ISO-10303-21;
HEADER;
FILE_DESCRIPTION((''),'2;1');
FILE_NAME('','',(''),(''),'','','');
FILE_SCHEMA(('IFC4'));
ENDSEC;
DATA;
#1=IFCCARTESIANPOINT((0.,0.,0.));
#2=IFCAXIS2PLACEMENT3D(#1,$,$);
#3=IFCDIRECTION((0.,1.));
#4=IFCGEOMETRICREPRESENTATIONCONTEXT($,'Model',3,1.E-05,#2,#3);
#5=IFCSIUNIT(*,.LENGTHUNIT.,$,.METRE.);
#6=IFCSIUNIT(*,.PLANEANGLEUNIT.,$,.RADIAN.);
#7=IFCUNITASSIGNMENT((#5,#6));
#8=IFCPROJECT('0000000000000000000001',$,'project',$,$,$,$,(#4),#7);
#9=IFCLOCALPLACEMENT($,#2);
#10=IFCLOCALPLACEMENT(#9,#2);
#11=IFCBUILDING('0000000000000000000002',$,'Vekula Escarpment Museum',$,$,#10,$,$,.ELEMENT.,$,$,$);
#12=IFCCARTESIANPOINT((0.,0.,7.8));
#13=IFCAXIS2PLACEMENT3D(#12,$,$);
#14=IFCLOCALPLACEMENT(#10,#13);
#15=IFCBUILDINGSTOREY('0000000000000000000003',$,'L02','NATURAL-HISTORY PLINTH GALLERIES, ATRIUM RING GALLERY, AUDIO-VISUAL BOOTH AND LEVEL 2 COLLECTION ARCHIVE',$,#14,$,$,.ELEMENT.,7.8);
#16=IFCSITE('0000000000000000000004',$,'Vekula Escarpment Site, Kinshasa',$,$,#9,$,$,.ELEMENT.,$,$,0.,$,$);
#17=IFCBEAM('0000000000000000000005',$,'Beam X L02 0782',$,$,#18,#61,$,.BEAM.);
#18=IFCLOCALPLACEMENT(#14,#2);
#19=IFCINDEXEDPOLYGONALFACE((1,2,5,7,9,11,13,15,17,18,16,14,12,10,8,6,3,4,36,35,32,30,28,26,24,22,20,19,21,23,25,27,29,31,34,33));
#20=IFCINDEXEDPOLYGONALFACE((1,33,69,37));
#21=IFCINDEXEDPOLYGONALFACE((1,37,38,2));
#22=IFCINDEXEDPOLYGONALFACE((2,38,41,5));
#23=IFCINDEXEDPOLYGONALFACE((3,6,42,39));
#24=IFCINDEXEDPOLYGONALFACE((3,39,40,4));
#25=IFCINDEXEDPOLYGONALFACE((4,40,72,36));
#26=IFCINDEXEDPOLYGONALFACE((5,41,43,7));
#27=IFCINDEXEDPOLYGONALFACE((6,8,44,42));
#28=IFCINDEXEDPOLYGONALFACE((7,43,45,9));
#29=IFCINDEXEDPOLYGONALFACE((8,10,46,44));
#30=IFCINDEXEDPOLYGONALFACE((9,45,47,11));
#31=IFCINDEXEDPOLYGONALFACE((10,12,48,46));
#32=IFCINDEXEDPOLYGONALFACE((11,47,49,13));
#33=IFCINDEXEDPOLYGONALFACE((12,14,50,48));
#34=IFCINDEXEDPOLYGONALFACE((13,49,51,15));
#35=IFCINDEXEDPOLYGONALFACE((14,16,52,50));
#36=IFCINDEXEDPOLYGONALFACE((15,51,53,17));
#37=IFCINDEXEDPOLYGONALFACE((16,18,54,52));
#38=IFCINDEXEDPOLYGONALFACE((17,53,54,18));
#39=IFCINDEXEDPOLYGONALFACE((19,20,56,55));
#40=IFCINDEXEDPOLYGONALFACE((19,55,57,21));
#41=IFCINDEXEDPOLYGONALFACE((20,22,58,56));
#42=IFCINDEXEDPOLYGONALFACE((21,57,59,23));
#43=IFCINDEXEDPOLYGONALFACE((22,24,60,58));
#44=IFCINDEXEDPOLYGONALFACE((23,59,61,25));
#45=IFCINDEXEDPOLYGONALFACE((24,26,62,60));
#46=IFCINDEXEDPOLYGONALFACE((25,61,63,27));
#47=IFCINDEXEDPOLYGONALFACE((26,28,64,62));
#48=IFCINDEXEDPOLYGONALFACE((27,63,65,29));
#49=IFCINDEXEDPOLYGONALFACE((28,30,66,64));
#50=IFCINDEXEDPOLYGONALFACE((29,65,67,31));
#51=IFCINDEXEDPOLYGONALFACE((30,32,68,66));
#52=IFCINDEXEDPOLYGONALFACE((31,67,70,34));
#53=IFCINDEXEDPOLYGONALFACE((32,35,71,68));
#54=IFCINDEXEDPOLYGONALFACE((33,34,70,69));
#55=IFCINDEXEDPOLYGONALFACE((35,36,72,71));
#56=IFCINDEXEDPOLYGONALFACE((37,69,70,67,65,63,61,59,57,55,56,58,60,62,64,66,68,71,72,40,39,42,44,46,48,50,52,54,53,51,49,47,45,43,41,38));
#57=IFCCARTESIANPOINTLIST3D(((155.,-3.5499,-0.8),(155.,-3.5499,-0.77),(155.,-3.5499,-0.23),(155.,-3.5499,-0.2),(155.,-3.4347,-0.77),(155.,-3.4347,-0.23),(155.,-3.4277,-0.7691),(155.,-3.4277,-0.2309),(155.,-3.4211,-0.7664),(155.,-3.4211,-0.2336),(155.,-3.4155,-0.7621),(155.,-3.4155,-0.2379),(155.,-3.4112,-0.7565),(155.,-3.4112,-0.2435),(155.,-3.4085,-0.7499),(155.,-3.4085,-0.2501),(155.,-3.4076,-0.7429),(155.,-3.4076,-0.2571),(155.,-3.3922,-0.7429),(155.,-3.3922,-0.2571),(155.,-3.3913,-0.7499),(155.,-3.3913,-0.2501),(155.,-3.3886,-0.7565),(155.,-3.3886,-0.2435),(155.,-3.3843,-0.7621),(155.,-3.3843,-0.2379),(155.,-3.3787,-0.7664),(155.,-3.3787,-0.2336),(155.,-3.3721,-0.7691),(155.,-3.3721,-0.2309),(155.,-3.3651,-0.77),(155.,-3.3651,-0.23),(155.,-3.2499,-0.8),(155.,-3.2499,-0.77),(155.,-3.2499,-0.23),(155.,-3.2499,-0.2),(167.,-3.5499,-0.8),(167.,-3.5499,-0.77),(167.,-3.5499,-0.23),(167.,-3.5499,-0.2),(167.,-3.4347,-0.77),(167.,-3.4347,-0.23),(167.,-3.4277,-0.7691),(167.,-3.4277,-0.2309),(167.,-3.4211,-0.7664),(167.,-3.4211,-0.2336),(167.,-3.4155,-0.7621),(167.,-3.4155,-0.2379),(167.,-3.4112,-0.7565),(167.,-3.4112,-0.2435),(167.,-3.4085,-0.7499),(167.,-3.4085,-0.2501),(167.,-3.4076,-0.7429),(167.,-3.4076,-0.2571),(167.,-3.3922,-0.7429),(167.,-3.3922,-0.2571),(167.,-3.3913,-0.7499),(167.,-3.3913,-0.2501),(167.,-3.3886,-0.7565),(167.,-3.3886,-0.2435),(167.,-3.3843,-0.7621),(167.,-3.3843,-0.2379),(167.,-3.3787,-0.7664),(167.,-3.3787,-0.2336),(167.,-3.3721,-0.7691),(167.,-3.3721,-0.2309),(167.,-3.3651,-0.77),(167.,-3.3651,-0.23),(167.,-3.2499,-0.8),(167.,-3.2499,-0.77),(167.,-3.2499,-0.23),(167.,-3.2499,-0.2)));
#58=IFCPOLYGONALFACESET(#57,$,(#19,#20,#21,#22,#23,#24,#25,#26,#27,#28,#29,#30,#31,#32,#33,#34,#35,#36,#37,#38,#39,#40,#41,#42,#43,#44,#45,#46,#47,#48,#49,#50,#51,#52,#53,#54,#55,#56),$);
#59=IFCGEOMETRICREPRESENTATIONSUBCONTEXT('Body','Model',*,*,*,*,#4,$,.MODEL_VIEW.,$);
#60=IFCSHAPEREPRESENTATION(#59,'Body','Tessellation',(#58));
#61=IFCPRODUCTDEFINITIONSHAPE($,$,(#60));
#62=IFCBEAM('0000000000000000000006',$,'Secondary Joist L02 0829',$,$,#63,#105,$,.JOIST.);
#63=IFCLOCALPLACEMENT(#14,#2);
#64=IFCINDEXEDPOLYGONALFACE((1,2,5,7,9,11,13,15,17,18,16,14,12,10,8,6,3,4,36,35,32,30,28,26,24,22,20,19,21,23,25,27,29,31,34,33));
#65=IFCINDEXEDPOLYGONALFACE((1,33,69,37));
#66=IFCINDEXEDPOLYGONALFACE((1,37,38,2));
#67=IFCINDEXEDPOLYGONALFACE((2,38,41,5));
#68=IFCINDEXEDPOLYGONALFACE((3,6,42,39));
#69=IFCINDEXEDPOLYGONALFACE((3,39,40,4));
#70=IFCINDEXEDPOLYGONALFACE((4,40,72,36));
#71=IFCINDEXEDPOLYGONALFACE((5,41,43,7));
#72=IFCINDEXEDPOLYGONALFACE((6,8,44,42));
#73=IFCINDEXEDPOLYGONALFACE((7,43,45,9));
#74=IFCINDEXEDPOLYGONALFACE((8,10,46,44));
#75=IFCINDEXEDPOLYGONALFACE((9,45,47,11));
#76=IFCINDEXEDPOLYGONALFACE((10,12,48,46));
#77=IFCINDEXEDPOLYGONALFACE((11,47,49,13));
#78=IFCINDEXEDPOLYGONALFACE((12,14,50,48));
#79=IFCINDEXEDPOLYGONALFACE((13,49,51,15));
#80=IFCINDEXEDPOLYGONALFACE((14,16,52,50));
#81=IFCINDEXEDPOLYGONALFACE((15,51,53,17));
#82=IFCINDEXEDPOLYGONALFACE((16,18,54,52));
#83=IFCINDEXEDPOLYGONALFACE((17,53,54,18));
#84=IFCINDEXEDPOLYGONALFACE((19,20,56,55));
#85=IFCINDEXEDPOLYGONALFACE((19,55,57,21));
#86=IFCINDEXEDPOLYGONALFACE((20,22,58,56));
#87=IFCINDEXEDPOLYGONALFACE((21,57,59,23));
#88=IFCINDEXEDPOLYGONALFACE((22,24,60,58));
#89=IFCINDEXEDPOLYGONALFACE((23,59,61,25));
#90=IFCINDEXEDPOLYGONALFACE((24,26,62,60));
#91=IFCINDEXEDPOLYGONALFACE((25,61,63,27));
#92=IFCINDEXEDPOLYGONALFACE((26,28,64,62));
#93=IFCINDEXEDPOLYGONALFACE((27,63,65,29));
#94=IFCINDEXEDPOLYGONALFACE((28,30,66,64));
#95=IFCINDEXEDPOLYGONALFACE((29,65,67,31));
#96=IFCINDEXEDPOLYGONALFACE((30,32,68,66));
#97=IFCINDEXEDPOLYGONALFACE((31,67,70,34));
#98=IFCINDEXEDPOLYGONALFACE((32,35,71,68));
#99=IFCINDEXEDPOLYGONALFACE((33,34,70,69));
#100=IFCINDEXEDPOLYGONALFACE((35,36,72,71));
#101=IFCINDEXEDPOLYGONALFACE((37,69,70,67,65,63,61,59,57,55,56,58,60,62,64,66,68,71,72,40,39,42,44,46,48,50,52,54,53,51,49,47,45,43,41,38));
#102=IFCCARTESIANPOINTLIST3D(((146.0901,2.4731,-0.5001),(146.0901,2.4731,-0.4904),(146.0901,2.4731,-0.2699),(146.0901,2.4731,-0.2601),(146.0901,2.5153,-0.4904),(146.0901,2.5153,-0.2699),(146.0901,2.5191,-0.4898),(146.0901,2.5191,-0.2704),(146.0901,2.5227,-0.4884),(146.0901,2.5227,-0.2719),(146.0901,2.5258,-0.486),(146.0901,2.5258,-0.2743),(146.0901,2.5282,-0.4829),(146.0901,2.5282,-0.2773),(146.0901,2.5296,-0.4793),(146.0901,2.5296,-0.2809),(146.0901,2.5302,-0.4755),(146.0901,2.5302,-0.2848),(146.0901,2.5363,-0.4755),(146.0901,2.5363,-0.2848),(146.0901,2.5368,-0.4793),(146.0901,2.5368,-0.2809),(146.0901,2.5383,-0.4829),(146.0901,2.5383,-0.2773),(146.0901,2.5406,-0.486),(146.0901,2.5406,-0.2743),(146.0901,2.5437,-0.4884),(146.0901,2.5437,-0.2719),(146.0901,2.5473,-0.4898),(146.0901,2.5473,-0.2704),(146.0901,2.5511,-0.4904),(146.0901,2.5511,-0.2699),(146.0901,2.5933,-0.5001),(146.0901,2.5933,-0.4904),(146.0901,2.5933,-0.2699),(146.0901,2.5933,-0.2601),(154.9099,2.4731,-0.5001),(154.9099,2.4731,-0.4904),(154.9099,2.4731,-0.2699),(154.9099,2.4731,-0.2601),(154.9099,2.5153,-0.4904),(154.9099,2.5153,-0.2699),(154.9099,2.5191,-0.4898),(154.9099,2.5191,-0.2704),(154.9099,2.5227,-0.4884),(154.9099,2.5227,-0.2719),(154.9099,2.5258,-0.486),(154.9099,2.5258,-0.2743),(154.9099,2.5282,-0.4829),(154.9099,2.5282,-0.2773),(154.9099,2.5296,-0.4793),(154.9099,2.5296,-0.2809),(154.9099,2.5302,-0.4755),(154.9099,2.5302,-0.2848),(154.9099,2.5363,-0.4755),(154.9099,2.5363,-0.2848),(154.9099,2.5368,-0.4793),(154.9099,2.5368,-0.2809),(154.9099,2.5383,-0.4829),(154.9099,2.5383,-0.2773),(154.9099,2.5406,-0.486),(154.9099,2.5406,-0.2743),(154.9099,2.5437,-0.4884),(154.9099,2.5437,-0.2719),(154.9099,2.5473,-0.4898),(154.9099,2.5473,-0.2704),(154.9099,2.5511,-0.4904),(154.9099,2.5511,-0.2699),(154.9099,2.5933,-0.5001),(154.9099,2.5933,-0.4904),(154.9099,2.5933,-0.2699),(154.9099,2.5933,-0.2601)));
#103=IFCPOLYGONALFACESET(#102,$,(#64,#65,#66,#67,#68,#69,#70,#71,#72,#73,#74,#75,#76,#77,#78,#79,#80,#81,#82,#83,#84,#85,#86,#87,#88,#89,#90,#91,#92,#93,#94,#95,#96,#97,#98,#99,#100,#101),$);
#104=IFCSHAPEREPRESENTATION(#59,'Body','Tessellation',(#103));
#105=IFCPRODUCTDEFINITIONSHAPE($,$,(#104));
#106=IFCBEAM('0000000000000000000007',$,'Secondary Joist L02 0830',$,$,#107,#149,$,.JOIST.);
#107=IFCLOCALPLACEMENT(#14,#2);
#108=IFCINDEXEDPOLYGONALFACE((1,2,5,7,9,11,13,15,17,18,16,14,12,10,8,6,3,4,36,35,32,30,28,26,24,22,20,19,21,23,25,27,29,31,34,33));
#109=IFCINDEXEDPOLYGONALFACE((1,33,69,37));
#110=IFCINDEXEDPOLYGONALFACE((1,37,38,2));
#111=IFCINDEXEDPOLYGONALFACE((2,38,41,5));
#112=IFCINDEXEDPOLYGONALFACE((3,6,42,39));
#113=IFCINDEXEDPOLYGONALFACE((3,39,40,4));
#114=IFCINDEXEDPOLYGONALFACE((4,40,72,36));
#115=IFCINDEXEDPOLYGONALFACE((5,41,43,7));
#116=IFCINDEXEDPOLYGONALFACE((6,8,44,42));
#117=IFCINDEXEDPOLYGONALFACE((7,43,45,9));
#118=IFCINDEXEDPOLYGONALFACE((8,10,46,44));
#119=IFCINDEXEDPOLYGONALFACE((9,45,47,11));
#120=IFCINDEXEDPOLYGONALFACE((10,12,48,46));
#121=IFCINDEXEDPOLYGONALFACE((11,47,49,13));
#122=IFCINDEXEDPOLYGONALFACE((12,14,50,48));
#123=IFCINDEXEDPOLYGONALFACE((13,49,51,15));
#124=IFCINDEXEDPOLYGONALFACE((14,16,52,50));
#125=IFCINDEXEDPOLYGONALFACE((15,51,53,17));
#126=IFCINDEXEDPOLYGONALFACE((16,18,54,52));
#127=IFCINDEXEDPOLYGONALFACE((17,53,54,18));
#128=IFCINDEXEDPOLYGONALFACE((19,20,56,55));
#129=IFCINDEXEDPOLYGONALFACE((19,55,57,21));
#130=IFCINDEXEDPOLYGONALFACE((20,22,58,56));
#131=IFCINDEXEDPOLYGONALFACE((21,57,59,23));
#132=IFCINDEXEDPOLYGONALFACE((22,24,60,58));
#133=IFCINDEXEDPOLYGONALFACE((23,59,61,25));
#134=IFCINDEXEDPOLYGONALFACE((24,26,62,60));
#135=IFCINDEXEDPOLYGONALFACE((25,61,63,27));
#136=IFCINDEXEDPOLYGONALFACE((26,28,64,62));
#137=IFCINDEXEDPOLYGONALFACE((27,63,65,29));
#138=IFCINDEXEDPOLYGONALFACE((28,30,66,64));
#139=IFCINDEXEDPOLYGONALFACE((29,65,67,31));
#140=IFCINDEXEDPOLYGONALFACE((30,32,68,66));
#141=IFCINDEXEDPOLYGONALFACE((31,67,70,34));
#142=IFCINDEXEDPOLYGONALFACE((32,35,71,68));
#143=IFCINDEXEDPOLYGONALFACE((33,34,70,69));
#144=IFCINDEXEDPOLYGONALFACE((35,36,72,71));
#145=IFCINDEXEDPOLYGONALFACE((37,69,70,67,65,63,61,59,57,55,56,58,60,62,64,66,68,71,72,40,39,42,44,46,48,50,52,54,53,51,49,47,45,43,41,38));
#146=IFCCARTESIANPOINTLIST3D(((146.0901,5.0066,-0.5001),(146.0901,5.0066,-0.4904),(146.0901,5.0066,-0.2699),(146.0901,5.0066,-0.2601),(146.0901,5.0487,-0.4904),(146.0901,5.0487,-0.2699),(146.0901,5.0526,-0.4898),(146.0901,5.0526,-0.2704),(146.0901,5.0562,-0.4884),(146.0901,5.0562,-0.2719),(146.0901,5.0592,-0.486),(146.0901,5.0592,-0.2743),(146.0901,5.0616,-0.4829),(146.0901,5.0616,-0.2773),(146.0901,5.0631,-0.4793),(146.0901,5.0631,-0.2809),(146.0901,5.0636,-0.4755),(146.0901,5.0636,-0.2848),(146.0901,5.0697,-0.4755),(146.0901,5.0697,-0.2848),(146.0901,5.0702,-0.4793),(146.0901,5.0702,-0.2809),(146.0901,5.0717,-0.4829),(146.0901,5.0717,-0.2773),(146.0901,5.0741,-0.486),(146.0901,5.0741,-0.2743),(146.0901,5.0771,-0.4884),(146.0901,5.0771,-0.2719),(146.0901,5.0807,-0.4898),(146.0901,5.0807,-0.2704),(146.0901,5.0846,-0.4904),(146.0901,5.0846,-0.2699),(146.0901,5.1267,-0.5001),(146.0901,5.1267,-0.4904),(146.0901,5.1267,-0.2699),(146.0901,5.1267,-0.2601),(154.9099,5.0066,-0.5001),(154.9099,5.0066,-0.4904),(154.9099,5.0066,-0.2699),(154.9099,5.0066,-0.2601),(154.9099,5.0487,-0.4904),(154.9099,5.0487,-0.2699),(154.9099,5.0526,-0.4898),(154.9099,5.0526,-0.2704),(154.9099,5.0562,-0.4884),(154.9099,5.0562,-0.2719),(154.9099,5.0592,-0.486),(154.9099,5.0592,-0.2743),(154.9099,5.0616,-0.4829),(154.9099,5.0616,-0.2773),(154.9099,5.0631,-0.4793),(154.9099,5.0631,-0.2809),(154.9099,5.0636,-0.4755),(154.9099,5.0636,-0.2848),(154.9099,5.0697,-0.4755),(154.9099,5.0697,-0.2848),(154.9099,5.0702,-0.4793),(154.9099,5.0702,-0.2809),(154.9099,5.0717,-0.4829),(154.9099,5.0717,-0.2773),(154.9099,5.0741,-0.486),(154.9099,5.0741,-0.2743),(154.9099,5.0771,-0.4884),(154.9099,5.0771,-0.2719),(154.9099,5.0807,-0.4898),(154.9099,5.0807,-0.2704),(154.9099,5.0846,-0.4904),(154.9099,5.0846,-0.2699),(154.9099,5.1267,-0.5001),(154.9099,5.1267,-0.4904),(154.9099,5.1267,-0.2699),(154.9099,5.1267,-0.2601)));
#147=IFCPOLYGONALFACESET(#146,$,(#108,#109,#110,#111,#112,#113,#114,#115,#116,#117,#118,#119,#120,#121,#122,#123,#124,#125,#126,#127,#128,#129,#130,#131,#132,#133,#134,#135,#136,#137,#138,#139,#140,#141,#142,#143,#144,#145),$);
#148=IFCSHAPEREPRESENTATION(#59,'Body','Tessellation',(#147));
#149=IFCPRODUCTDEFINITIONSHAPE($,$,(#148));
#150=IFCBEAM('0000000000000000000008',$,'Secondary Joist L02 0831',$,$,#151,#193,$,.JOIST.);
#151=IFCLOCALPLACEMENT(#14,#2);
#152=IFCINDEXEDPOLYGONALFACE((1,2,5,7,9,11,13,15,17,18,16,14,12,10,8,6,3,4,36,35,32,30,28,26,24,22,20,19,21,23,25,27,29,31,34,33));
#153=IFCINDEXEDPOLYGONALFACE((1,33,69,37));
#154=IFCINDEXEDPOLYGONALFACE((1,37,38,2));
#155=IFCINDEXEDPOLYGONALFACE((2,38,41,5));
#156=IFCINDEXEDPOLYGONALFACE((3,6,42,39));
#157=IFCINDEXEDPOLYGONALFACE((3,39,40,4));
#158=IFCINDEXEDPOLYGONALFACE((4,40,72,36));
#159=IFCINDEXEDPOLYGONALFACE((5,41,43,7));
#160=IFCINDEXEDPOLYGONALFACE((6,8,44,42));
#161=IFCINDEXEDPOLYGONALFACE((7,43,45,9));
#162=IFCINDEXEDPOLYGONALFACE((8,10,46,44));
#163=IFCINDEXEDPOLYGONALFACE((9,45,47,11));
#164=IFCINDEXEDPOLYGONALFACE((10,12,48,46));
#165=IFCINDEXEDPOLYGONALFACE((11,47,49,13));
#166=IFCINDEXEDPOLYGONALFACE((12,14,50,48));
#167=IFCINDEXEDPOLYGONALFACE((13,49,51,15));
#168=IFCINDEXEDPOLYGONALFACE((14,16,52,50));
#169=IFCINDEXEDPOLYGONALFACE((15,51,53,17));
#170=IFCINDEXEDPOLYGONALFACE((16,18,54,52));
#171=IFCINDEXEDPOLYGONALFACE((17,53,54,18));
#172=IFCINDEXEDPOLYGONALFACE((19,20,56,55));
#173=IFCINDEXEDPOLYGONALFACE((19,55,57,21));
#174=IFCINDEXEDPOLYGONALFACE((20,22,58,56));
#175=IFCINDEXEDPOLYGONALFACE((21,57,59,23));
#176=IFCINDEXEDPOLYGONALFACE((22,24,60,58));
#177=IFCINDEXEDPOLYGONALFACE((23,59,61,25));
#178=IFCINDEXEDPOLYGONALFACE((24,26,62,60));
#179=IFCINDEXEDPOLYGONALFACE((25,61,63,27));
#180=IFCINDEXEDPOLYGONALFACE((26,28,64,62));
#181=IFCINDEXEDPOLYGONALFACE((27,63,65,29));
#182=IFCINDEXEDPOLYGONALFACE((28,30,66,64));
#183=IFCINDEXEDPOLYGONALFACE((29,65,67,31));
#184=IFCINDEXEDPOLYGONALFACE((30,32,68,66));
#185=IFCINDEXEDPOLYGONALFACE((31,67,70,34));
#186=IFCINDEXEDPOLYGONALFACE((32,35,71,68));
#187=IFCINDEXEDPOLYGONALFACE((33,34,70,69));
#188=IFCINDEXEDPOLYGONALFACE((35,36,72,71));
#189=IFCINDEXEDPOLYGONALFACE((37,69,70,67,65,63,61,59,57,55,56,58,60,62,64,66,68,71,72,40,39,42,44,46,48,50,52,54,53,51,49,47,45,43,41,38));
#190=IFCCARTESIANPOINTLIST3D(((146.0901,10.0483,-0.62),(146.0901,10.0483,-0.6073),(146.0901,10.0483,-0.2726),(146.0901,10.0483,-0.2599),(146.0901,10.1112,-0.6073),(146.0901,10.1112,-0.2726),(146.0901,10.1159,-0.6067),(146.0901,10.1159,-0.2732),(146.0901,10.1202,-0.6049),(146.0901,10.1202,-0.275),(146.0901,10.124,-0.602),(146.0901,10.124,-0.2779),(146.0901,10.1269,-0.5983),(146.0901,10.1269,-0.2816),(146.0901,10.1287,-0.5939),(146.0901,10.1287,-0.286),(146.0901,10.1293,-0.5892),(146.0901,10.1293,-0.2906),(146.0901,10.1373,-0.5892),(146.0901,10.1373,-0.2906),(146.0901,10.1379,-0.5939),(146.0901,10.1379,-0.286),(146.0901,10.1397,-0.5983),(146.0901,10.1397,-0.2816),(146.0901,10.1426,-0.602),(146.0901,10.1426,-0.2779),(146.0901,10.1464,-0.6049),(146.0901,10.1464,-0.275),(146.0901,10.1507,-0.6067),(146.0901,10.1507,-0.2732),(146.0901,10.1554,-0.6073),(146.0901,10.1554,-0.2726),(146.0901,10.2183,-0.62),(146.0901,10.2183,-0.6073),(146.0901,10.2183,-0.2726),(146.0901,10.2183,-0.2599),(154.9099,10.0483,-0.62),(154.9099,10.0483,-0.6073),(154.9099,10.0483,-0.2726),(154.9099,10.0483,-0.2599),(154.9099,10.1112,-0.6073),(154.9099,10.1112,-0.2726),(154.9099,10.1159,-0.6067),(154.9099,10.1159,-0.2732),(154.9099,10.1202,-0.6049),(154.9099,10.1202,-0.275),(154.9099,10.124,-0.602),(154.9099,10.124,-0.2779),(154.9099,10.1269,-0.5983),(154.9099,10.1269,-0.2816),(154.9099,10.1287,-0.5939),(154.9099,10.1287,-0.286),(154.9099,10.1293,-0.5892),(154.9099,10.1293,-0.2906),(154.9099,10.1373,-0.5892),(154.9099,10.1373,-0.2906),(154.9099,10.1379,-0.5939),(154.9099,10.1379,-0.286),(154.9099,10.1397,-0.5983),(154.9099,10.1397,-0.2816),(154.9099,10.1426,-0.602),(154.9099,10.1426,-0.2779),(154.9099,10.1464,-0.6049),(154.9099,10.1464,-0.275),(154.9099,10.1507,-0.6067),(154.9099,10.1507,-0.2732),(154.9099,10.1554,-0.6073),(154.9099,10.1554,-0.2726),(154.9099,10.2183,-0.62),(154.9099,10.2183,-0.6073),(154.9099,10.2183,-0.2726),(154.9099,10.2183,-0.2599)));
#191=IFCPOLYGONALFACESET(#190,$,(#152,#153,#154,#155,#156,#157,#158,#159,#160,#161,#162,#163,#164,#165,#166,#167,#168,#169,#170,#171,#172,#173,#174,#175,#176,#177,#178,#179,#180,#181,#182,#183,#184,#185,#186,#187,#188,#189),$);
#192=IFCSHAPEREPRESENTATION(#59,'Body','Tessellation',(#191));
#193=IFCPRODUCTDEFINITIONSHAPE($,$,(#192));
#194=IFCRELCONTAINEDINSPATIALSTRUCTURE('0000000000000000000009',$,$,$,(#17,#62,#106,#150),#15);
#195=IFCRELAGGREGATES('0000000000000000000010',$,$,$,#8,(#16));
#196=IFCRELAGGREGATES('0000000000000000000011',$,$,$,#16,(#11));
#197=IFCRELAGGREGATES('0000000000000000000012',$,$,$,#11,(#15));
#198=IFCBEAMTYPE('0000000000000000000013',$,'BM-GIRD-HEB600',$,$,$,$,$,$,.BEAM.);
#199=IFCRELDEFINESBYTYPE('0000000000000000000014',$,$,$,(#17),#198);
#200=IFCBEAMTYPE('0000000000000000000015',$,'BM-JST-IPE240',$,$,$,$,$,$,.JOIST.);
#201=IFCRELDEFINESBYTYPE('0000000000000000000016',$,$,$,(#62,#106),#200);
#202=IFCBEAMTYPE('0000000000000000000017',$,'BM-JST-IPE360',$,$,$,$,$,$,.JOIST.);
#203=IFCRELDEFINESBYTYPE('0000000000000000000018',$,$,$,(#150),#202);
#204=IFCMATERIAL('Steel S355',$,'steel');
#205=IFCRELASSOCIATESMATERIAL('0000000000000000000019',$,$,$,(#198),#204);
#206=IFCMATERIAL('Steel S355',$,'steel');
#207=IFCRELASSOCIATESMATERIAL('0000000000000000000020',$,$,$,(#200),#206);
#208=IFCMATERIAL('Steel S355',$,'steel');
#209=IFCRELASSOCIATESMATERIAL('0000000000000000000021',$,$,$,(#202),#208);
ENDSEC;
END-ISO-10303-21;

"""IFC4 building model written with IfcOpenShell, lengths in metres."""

from ifc_helpers import new_model, si_unit, direction, frame, origin, origin_2d, place, context, subcontext, project, spatial, i_section, extrude, material, material_profile, profile_set, type_object, element, save


model = new_model("IFC4")

# Units and contexts
model_context = context("Model", 3, precision=1e-05, world=origin(), true_north=direction((0.0, 1.0)))
body_context = subcontext(model_context, "Body", "Model", "MODEL_VIEW")
ifc_project = project(units=[si_unit("LENGTHUNIT", "METRE"), si_unit("PLANEANGLEUNIT", "RADIAN")], contexts=[model_context])

# Site, building, storey
site_placement = place(None, origin())
site = spatial("IfcSite", under=ifc_project, at=site_placement, Name="Vekula Escarpment Site, Kinshasa", CompositionType="ELEMENT", RefElevation=0.0)
building_placement = place(site_placement, origin())
building = spatial("IfcBuilding", under=site, at=building_placement, Name="Vekula Escarpment Museum", CompositionType="ELEMENT")
storey_placement = place(building_placement, frame((0.0, 0.0, 7.8)))
storey = spatial("IfcBuildingStorey", under=building, at=storey_placement, Name="L02", Description="NATURAL-HISTORY PLINTH GALLERIES, ATRIUM RING GALLERY, AUDIO-VISUAL BOOTH AND LEVEL 2 COLLECTION ARCHIVE", CompositionType="ELEMENT", Elevation=7.8)

# Beams
ifc_material_1 = material(Name="Steel S355", Category="steel")
ifc_material_profile_1 = material_profile(ifc_material_1, i_section(OverallWidth=0.3, OverallDepth=0.6001, WebThickness=0.0154, FlangeThickness=0.03, FilletRadius=0.0271, at=origin_2d()), Name="HEB 600")
ifc_profile_set_1 = profile_set([ifc_material_profile_1], Name="Steel S355")
beam_type_1 = type_object("IfcBeamType", Name="BM-GIRD-HEB600", PredefinedType="BEAM", material=ifc_profile_set_1)
beam_1_placement = place(storey_placement, frame((155.0, -3.3999, -0.5), z_axis=(1.0, 0.0, 0.0), x_axis=(0.0, 1.0, 0.0)))
element("IfcBeam", 1, at=beam_1_placement, inside=storey, type_object=beam_type_1, Name="Beam X L02 0782", PredefinedType="BEAM", context=body_context, shape_type="SweptSolid", body=[
    extrude(i_section(OverallWidth=0.3, OverallDepth=0.6001, WebThickness=0.0154, FlangeThickness=0.03, FilletRadius=0.0271, at=origin_2d()), origin(), (0.0, 0.0, 1.0), 12.0),
])
ifc_material_2 = material(Name="Steel S355", Category="steel")
ifc_material_profile_2 = material_profile(ifc_material_2, i_section(OverallWidth=0.1201, OverallDepth=0.24, WebThickness=0.0061, FlangeThickness=0.0098, FilletRadius=0.0149, at=origin_2d()), Name="IPE 240")
ifc_profile_set_2 = profile_set([ifc_material_profile_2], Name="Steel S355")
beam_type_2 = type_object("IfcBeamType", Name="BM-JST-IPE240", PredefinedType="JOIST", material=ifc_profile_set_2)
for number, where, z_axis, x_axis, name in (
    (2, (146.0901, 2.5332, -0.3801), (1.0, 0.0, 0.0), (0.0, 1.0, 0.0), "Secondary Joist L02 0829"),
    (3, (146.0901, 5.0667, -0.3801), (1.0, 0.0, 0.0), (0.0, 1.0, 0.0), "Secondary Joist L02 0830"),
):
    element("IfcBeam", number, at=place(storey_placement, frame(where, z_axis=z_axis, x_axis=x_axis)), inside=storey, type_object=beam_type_2, Name=name, PredefinedType="JOIST", context=body_context, shape_type="SweptSolid", body=[
        extrude(i_section(OverallWidth=0.1201, OverallDepth=0.24, WebThickness=0.0061, FlangeThickness=0.0098, FilletRadius=0.0149, at=origin_2d()), origin(), (0.0, 0.0, 1.0), 8.8198),
    ])
ifc_material_3 = material(Name="Steel S355", Category="steel")
ifc_material_profile_3 = material_profile(ifc_material_3, i_section(OverallWidth=0.1699, OverallDepth=0.3601, WebThickness=0.0081, FlangeThickness=0.0127, FilletRadius=0.0181, at=origin_2d()), Name="IPE 360")
ifc_profile_set_3 = profile_set([ifc_material_profile_3], Name="Steel S355")
beam_type_3 = type_object("IfcBeamType", Name="BM-JST-IPE360", PredefinedType="JOIST", material=ifc_profile_set_3)
for number, where, z_axis, x_axis, name in (
    (4, (146.0901, 10.1333, -0.4399), (1.0, 0.0, 0.0), (0.0, 1.0, 0.0), "Secondary Joist L02 0831"),
):
    element("IfcBeam", number, at=place(storey_placement, frame(where, z_axis=z_axis, x_axis=x_axis)), inside=storey, type_object=beam_type_3, Name=name, PredefinedType="JOIST", context=body_context, shape_type="SweptSolid", body=[
        extrude(i_section(OverallWidth=0.1699, OverallDepth=0.3601, WebThickness=0.0081, FlangeThickness=0.0127, FilletRadius=0.0181, at=origin_2d()), origin(), (0.0, 0.0, 1.0), 8.8198),
    ])

save(model, "model.ifc")
